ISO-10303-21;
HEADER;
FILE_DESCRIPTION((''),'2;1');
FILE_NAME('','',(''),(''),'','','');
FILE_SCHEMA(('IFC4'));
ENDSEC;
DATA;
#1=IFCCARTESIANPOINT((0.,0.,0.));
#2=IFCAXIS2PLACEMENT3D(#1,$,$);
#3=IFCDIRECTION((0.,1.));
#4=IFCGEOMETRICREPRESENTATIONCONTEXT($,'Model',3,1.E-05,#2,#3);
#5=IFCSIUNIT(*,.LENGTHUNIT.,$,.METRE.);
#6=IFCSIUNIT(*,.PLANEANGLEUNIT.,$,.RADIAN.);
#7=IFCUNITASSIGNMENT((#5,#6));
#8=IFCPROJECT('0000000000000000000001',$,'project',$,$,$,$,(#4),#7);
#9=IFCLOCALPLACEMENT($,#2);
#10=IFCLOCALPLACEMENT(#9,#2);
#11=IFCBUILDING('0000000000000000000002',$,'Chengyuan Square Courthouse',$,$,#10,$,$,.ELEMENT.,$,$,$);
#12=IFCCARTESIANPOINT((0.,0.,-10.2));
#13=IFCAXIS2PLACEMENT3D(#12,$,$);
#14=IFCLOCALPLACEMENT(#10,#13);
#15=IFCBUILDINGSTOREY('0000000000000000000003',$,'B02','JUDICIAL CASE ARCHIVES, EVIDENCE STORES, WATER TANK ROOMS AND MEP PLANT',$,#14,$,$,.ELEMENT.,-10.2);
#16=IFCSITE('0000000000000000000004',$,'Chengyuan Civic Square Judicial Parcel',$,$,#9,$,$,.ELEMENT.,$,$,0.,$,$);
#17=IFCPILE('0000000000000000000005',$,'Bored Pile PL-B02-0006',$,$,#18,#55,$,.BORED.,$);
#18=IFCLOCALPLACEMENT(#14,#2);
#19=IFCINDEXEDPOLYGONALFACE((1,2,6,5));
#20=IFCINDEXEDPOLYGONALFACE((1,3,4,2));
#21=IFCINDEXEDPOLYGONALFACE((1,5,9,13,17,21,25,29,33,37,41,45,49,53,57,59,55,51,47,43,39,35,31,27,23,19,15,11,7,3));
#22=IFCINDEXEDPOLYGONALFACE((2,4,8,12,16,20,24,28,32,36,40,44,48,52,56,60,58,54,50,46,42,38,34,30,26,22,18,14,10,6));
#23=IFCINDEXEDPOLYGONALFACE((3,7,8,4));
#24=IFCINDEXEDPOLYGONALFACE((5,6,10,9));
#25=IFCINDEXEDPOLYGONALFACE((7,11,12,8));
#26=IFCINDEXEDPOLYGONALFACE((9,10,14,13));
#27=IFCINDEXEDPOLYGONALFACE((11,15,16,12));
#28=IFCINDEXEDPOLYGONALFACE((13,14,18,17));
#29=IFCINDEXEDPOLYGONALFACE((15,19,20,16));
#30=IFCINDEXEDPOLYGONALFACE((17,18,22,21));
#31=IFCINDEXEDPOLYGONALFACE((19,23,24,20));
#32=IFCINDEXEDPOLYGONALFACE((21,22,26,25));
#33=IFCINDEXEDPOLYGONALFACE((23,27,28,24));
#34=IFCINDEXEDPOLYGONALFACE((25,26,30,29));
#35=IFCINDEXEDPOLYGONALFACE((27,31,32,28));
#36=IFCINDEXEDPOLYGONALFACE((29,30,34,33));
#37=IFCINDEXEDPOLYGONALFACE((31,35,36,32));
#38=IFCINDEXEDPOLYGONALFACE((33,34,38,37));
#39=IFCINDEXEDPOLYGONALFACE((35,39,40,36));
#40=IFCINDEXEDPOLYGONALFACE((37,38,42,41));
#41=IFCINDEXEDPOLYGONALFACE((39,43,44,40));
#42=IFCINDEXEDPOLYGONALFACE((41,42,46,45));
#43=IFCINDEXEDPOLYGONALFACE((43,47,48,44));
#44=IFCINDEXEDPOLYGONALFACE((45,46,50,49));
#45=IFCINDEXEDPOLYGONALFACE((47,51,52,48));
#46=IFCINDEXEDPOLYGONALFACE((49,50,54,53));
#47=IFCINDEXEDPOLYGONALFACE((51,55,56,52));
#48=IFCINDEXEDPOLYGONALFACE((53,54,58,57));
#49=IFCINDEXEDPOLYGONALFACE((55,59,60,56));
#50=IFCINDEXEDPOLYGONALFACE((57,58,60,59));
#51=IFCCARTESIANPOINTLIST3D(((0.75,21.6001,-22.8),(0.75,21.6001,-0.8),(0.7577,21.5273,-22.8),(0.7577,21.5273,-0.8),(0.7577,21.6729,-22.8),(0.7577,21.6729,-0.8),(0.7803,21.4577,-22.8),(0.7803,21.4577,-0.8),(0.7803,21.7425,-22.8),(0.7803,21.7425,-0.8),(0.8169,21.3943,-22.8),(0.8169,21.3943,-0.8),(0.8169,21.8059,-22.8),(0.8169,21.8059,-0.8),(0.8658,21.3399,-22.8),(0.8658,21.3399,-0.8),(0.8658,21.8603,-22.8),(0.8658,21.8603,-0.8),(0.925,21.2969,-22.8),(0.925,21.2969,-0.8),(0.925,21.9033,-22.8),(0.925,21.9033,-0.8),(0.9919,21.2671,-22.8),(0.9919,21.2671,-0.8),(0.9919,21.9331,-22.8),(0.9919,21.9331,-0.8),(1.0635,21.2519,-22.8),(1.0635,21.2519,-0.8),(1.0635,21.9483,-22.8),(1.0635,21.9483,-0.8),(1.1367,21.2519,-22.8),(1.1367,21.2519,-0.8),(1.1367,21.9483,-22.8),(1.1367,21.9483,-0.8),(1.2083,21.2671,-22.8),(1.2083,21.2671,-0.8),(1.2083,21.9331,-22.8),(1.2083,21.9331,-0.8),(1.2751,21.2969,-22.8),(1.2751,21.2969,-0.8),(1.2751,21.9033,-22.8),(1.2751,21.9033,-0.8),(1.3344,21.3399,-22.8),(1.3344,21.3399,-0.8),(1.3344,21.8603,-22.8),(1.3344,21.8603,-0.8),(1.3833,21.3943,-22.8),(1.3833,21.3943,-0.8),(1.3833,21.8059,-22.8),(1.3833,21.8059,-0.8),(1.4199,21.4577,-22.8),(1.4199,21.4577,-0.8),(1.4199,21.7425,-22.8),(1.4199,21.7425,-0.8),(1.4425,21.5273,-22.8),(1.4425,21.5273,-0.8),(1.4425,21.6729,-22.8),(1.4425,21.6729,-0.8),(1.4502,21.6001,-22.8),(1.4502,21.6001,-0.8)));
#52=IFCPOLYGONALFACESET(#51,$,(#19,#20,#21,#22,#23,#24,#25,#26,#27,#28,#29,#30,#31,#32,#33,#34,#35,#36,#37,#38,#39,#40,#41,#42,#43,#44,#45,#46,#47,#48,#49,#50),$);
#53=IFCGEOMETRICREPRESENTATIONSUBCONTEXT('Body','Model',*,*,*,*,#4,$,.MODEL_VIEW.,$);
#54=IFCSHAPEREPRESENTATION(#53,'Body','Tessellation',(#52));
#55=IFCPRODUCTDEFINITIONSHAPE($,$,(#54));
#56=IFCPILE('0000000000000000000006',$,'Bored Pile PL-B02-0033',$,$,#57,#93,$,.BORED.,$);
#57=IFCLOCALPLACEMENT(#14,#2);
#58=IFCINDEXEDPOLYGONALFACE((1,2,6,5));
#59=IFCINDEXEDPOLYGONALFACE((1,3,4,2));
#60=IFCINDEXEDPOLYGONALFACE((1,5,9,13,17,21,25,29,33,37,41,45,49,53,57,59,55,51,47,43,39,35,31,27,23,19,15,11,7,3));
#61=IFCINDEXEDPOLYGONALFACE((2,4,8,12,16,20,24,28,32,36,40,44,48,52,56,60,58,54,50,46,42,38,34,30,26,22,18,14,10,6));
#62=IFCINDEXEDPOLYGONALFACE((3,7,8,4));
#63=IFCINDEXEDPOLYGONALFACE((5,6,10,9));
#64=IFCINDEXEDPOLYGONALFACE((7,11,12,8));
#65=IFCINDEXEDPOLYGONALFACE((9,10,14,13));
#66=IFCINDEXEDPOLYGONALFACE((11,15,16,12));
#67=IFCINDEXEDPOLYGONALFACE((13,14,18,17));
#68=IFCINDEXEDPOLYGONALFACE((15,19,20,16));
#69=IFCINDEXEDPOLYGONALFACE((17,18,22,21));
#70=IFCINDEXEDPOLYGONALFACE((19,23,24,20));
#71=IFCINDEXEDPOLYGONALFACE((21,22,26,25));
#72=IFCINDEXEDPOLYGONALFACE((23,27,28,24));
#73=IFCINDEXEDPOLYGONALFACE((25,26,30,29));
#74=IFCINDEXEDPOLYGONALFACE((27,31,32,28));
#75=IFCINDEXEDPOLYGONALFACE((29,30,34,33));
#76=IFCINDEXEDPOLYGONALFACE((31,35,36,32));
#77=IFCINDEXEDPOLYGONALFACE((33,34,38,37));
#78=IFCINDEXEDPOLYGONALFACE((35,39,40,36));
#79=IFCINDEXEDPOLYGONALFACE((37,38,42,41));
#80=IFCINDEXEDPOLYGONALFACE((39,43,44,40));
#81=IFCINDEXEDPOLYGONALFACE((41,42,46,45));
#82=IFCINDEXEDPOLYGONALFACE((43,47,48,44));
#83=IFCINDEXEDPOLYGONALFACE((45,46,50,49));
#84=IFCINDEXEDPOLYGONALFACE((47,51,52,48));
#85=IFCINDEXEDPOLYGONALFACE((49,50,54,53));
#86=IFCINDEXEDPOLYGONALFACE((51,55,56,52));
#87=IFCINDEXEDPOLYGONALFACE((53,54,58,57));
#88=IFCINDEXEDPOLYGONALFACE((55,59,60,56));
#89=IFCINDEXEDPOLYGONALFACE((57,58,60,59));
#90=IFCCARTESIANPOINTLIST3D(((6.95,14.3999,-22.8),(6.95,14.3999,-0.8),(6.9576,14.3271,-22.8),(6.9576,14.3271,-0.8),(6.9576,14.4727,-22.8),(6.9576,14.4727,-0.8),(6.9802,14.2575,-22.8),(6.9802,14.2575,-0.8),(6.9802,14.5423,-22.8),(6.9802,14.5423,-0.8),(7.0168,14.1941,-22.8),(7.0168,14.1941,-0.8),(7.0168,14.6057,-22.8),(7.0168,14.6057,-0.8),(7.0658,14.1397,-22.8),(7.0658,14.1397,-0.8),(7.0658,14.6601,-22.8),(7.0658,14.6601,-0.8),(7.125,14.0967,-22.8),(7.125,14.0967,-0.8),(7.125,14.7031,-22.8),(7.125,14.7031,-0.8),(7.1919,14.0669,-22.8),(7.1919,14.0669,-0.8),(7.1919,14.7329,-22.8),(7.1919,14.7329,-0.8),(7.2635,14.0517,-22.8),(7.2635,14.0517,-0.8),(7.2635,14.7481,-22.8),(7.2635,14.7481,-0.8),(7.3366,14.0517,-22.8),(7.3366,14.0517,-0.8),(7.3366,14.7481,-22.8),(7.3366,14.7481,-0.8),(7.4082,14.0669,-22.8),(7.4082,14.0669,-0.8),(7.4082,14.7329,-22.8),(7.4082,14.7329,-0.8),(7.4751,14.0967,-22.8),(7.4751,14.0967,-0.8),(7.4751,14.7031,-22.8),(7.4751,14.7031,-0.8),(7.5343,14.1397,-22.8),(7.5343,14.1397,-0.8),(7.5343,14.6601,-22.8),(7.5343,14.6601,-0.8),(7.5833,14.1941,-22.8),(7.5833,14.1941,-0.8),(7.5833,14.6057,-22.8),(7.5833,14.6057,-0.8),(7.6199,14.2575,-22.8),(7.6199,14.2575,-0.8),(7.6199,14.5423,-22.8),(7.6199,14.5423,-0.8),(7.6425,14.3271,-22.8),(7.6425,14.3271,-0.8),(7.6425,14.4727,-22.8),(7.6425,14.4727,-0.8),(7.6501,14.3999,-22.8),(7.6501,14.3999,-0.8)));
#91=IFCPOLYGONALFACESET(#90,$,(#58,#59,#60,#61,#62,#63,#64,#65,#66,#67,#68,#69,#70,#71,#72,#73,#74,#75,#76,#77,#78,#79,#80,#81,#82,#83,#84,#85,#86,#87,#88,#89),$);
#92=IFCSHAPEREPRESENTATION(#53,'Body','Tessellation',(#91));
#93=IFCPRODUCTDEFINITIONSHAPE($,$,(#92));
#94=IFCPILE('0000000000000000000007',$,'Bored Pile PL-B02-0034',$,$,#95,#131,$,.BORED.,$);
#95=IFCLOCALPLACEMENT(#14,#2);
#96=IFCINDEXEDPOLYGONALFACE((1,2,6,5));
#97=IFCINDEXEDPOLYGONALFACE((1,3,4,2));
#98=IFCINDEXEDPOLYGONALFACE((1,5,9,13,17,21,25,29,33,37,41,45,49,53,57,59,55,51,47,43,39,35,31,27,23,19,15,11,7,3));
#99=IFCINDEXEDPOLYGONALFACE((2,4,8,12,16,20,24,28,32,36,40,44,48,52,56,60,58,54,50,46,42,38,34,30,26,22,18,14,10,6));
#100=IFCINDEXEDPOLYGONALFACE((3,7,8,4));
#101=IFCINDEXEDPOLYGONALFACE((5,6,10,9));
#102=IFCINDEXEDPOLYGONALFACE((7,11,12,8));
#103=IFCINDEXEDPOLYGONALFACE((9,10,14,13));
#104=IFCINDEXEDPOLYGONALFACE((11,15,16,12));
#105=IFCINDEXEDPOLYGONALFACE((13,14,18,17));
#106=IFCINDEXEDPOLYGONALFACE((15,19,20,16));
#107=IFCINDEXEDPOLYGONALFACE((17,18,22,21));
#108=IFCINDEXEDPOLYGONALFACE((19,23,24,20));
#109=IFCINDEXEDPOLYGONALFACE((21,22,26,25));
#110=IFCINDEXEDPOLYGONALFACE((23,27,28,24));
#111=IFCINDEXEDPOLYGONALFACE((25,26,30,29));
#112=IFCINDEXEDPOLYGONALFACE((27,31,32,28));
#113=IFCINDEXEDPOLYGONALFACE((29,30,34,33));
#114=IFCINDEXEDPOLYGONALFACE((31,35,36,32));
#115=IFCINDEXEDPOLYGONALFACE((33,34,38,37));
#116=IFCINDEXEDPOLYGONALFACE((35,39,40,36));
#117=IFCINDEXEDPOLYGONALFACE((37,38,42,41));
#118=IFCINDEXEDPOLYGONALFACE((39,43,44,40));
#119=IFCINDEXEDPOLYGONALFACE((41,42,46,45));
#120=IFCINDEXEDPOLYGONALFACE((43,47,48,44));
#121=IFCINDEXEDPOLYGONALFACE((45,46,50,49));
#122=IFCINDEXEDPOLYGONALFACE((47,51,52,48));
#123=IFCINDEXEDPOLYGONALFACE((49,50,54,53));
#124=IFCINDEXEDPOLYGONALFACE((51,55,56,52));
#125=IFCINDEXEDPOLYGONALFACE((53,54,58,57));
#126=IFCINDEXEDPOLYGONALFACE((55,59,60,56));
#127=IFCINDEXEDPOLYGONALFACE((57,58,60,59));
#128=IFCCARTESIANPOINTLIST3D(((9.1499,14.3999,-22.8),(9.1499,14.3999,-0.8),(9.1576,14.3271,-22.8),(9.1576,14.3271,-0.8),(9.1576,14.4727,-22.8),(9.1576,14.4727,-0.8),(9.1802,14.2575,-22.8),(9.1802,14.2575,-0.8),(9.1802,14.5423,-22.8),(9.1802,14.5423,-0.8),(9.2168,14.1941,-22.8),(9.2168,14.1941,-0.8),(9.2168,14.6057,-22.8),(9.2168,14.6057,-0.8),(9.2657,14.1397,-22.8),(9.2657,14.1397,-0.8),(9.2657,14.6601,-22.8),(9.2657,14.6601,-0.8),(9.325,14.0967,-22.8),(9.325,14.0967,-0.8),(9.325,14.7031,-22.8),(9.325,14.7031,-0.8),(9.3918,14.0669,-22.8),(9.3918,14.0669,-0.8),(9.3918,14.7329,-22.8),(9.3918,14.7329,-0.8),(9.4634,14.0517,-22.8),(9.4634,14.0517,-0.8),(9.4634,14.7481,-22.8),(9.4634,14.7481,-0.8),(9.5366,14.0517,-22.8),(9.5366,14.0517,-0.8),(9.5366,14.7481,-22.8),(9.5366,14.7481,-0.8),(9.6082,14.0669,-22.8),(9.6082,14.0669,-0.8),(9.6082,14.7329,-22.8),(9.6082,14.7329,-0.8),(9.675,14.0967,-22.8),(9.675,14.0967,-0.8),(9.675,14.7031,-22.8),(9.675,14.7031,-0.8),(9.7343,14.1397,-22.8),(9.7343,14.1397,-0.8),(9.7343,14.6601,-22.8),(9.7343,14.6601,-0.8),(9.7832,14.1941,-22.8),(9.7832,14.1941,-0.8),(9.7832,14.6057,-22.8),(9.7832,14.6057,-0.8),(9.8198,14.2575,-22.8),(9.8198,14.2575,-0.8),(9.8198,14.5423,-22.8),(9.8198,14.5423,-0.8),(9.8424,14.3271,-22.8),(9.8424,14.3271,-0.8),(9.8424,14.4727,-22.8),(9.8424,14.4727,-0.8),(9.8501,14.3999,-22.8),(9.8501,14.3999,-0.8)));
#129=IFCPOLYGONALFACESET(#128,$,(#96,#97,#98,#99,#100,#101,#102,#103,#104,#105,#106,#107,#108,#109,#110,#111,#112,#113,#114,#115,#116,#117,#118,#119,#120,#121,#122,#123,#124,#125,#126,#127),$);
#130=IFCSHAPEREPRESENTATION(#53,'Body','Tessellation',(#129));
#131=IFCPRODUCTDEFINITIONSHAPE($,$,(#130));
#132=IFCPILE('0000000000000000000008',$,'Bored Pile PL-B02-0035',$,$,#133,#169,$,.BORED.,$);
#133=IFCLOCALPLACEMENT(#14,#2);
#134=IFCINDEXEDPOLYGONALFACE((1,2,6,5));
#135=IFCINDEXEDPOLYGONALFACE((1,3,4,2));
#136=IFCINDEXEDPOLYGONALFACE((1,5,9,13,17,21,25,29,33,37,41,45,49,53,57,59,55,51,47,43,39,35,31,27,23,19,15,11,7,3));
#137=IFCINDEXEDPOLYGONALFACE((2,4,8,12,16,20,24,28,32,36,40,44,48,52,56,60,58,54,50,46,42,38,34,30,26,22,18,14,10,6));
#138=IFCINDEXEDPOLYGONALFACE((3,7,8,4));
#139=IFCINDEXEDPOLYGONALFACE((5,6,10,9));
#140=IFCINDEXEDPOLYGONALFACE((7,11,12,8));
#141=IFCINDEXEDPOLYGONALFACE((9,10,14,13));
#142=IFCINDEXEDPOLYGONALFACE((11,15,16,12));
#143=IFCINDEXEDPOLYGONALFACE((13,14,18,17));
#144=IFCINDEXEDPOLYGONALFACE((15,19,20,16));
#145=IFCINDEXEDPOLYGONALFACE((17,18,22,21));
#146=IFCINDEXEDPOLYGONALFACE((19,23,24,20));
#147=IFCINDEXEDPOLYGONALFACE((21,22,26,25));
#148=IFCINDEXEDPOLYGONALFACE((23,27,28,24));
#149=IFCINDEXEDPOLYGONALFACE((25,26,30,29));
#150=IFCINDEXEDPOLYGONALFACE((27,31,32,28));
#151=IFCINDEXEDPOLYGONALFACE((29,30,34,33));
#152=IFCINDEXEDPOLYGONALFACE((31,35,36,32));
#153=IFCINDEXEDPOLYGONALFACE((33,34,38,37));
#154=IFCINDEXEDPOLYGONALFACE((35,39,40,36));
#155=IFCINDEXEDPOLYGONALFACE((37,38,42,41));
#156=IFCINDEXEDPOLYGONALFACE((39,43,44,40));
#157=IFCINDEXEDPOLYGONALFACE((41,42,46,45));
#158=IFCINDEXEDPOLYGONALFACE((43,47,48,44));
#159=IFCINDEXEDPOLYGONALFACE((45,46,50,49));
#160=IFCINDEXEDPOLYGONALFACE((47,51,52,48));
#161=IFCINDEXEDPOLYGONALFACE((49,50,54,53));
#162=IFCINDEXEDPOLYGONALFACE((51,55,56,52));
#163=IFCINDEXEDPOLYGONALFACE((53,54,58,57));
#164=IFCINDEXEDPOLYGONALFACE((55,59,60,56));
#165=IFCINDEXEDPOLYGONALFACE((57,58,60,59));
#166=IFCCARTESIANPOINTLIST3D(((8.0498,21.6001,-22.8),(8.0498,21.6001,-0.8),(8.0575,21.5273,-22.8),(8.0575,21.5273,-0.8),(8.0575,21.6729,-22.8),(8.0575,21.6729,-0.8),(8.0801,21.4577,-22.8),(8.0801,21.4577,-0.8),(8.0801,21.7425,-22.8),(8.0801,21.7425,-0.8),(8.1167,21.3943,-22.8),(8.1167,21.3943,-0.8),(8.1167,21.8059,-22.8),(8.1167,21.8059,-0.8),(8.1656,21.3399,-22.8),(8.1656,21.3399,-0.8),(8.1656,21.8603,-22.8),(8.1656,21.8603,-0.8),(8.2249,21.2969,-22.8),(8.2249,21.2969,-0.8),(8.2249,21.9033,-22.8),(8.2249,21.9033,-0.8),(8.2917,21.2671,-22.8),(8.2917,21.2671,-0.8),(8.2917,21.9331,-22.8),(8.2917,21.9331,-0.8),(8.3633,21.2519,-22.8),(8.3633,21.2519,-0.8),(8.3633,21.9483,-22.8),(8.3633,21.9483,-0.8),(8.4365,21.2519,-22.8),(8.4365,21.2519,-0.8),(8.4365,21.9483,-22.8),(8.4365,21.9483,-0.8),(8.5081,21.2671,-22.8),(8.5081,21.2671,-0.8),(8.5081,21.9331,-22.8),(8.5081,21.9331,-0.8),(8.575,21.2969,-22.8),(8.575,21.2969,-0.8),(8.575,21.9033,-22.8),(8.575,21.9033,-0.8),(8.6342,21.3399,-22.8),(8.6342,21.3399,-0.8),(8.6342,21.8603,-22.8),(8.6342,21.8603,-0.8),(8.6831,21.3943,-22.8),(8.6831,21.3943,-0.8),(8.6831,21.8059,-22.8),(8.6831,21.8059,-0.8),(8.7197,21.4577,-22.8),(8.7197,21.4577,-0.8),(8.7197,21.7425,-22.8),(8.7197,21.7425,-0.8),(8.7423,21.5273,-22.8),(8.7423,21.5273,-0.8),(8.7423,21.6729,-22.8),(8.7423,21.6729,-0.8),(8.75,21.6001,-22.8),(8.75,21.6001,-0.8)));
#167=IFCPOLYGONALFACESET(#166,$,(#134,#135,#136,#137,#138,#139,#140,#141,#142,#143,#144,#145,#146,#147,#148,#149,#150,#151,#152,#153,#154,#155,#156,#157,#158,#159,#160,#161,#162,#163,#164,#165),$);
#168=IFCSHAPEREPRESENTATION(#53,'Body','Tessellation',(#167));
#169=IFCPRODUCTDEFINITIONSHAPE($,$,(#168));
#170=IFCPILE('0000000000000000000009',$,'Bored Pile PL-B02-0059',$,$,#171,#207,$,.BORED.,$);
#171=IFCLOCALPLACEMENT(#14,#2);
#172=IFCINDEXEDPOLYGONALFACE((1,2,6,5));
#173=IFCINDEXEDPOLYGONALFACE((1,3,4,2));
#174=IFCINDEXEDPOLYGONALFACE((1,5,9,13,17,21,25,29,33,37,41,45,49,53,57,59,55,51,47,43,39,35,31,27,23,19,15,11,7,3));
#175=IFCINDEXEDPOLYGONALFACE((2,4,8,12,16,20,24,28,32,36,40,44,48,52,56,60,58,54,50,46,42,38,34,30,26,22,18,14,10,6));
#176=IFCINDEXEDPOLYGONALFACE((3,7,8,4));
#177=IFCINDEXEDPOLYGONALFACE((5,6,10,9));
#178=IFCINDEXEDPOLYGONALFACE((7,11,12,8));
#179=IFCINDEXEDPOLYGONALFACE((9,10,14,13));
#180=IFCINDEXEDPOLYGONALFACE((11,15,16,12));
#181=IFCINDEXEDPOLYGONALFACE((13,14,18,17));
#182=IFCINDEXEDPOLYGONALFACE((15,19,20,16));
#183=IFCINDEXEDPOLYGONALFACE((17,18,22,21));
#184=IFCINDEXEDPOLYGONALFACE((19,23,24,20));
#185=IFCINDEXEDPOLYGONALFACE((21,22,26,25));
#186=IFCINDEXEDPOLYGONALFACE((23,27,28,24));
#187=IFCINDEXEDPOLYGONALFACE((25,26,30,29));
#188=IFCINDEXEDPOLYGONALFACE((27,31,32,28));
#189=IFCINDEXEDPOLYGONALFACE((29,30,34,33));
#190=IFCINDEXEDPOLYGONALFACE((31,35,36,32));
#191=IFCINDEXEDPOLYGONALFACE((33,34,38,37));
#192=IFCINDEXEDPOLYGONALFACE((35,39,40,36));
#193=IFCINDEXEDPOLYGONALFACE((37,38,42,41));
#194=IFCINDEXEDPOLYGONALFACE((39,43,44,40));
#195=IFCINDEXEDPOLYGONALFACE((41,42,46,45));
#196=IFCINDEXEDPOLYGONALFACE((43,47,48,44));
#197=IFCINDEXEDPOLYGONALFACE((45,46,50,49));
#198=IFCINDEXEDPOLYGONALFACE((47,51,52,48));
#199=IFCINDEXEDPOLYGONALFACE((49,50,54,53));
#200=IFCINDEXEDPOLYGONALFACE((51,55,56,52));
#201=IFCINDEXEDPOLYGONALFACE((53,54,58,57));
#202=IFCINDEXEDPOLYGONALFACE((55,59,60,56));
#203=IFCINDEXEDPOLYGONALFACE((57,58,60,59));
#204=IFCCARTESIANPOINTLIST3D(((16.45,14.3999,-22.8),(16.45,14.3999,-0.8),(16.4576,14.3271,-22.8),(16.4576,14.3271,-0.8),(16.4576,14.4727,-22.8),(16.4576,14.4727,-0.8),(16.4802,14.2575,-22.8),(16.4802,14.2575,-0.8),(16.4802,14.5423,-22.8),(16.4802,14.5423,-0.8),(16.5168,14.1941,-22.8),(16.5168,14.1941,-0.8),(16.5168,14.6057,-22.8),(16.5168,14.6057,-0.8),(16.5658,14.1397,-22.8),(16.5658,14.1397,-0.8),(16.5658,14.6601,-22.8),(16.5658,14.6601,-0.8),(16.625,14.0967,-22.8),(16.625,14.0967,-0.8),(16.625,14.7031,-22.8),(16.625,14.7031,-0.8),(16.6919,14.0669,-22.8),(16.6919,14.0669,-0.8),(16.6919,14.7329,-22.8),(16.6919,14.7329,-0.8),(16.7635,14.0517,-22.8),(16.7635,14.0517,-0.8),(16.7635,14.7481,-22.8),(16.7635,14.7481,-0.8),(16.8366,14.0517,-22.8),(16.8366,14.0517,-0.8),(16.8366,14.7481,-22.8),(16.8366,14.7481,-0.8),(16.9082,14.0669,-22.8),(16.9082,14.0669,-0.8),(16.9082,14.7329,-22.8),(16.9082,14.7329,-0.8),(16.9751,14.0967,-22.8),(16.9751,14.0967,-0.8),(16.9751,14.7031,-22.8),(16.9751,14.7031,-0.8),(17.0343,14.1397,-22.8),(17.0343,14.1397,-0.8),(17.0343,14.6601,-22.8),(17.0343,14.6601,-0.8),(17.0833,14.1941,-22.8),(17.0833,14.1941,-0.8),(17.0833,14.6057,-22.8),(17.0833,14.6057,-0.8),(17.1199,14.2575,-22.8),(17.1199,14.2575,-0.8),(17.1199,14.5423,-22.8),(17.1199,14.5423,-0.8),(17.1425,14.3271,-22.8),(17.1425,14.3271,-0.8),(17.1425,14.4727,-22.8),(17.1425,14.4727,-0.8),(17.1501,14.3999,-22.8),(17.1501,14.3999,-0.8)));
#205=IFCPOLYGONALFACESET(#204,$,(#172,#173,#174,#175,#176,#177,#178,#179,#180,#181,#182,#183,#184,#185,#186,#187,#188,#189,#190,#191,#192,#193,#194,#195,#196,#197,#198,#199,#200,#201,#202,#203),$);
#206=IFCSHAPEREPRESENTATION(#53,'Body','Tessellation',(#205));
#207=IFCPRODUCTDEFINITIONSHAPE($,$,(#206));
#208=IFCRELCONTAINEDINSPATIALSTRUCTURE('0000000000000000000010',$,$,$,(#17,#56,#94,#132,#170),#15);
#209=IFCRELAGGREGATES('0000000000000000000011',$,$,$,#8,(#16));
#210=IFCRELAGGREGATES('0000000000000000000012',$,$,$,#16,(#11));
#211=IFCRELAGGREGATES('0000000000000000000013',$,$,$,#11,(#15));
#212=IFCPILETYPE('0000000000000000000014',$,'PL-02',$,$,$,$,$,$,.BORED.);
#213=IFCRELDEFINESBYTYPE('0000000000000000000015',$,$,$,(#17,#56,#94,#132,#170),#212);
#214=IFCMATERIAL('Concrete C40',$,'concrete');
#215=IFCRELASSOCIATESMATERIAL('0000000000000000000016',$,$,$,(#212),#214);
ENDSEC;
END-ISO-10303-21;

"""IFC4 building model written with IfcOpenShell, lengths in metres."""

from ifc_helpers import new_model, si_unit, direction, frame, origin, origin_2d, place, context, subcontext, project, spatial, circle, extrude, material, material_profile, profile_set, type_object, element, save


model = new_model("IFC4")

# Units and contexts
model_context = context("Model", 3, precision=1e-05, world=origin(), true_north=direction((0.0, 1.0)))
body_context = subcontext(model_context, "Body", "Model", "MODEL_VIEW")
ifc_project = project(units=[si_unit("LENGTHUNIT", "METRE"), si_unit("PLANEANGLEUNIT", "RADIAN")], contexts=[model_context])

# Site, building, storey
site_placement = place(None, origin())
site = spatial("IfcSite", under=ifc_project, at=site_placement, Name="Chengyuan Civic Square Judicial Parcel", CompositionType="ELEMENT", RefElevation=0.0)
building_placement = place(site_placement, origin())
building = spatial("IfcBuilding", under=site, at=building_placement, Name="Chengyuan Square Courthouse", CompositionType="ELEMENT")
storey_placement = place(building_placement, frame((0.0, 0.0, -10.2)))
storey = spatial("IfcBuildingStorey", under=building, at=storey_placement, Name="B02", Description="JUDICIAL CASE ARCHIVES, EVIDENCE STORES, WATER TANK ROOMS AND MEP PLANT", CompositionType="ELEMENT", Elevation=-10.2)

# Shared definitions
ifc_material_1 = material(Name="Concrete C40", Category="concrete")

# Piles
ifc_material_profile_1 = material_profile(ifc_material_1, circle(Radius=0.3501, at=origin_2d()), Name="BORED PILE D700")
ifc_profile_set_1 = profile_set([ifc_material_profile_1], Name="Concrete C40")
pile_type = type_object("IfcPileType", Name="PL-02", PredefinedType="BORED", material=ifc_profile_set_1)
for number, where, z_axis, x_axis, name in (
    (1, (1.1001, 21.6001, -0.8), (0.0, 0.0, -1.0), (1.0, 0.0, 0.0), "Bored Pile PL-B02-0006"),
    (2, (7.3, 14.3999, -0.8), (0.0, 0.0, -1.0), (1.0, 0.0, 0.0), "Bored Pile PL-B02-0033"),
    (3, (9.5, 14.3999, -0.8), (0.0, 0.0, -1.0), (1.0, 0.0, 0.0), "Bored Pile PL-B02-0034"),
    (4, (8.3999, 21.6001, -0.8), (0.0, 0.0, -1.0), (1.0, 0.0, 0.0), "Bored Pile PL-B02-0035"),
    (5, (16.8, 14.3999, -0.8), (0.0, 0.0, -1.0), (1.0, 0.0, 0.0), "Bored Pile PL-B02-0059"),
):
    element("IfcPile", number, at=place(storey_placement, frame(where, z_axis=z_axis, x_axis=x_axis)), inside=storey, type_object=pile_type, Name=name, PredefinedType="BORED", context=body_context, shape_type="SweptSolid", body=[
        extrude(circle(Radius=0.3501, at=origin_2d()), origin(), (0.0, 0.0, 1.0), 22.0),
    ])

save(model, "model.ifc")
